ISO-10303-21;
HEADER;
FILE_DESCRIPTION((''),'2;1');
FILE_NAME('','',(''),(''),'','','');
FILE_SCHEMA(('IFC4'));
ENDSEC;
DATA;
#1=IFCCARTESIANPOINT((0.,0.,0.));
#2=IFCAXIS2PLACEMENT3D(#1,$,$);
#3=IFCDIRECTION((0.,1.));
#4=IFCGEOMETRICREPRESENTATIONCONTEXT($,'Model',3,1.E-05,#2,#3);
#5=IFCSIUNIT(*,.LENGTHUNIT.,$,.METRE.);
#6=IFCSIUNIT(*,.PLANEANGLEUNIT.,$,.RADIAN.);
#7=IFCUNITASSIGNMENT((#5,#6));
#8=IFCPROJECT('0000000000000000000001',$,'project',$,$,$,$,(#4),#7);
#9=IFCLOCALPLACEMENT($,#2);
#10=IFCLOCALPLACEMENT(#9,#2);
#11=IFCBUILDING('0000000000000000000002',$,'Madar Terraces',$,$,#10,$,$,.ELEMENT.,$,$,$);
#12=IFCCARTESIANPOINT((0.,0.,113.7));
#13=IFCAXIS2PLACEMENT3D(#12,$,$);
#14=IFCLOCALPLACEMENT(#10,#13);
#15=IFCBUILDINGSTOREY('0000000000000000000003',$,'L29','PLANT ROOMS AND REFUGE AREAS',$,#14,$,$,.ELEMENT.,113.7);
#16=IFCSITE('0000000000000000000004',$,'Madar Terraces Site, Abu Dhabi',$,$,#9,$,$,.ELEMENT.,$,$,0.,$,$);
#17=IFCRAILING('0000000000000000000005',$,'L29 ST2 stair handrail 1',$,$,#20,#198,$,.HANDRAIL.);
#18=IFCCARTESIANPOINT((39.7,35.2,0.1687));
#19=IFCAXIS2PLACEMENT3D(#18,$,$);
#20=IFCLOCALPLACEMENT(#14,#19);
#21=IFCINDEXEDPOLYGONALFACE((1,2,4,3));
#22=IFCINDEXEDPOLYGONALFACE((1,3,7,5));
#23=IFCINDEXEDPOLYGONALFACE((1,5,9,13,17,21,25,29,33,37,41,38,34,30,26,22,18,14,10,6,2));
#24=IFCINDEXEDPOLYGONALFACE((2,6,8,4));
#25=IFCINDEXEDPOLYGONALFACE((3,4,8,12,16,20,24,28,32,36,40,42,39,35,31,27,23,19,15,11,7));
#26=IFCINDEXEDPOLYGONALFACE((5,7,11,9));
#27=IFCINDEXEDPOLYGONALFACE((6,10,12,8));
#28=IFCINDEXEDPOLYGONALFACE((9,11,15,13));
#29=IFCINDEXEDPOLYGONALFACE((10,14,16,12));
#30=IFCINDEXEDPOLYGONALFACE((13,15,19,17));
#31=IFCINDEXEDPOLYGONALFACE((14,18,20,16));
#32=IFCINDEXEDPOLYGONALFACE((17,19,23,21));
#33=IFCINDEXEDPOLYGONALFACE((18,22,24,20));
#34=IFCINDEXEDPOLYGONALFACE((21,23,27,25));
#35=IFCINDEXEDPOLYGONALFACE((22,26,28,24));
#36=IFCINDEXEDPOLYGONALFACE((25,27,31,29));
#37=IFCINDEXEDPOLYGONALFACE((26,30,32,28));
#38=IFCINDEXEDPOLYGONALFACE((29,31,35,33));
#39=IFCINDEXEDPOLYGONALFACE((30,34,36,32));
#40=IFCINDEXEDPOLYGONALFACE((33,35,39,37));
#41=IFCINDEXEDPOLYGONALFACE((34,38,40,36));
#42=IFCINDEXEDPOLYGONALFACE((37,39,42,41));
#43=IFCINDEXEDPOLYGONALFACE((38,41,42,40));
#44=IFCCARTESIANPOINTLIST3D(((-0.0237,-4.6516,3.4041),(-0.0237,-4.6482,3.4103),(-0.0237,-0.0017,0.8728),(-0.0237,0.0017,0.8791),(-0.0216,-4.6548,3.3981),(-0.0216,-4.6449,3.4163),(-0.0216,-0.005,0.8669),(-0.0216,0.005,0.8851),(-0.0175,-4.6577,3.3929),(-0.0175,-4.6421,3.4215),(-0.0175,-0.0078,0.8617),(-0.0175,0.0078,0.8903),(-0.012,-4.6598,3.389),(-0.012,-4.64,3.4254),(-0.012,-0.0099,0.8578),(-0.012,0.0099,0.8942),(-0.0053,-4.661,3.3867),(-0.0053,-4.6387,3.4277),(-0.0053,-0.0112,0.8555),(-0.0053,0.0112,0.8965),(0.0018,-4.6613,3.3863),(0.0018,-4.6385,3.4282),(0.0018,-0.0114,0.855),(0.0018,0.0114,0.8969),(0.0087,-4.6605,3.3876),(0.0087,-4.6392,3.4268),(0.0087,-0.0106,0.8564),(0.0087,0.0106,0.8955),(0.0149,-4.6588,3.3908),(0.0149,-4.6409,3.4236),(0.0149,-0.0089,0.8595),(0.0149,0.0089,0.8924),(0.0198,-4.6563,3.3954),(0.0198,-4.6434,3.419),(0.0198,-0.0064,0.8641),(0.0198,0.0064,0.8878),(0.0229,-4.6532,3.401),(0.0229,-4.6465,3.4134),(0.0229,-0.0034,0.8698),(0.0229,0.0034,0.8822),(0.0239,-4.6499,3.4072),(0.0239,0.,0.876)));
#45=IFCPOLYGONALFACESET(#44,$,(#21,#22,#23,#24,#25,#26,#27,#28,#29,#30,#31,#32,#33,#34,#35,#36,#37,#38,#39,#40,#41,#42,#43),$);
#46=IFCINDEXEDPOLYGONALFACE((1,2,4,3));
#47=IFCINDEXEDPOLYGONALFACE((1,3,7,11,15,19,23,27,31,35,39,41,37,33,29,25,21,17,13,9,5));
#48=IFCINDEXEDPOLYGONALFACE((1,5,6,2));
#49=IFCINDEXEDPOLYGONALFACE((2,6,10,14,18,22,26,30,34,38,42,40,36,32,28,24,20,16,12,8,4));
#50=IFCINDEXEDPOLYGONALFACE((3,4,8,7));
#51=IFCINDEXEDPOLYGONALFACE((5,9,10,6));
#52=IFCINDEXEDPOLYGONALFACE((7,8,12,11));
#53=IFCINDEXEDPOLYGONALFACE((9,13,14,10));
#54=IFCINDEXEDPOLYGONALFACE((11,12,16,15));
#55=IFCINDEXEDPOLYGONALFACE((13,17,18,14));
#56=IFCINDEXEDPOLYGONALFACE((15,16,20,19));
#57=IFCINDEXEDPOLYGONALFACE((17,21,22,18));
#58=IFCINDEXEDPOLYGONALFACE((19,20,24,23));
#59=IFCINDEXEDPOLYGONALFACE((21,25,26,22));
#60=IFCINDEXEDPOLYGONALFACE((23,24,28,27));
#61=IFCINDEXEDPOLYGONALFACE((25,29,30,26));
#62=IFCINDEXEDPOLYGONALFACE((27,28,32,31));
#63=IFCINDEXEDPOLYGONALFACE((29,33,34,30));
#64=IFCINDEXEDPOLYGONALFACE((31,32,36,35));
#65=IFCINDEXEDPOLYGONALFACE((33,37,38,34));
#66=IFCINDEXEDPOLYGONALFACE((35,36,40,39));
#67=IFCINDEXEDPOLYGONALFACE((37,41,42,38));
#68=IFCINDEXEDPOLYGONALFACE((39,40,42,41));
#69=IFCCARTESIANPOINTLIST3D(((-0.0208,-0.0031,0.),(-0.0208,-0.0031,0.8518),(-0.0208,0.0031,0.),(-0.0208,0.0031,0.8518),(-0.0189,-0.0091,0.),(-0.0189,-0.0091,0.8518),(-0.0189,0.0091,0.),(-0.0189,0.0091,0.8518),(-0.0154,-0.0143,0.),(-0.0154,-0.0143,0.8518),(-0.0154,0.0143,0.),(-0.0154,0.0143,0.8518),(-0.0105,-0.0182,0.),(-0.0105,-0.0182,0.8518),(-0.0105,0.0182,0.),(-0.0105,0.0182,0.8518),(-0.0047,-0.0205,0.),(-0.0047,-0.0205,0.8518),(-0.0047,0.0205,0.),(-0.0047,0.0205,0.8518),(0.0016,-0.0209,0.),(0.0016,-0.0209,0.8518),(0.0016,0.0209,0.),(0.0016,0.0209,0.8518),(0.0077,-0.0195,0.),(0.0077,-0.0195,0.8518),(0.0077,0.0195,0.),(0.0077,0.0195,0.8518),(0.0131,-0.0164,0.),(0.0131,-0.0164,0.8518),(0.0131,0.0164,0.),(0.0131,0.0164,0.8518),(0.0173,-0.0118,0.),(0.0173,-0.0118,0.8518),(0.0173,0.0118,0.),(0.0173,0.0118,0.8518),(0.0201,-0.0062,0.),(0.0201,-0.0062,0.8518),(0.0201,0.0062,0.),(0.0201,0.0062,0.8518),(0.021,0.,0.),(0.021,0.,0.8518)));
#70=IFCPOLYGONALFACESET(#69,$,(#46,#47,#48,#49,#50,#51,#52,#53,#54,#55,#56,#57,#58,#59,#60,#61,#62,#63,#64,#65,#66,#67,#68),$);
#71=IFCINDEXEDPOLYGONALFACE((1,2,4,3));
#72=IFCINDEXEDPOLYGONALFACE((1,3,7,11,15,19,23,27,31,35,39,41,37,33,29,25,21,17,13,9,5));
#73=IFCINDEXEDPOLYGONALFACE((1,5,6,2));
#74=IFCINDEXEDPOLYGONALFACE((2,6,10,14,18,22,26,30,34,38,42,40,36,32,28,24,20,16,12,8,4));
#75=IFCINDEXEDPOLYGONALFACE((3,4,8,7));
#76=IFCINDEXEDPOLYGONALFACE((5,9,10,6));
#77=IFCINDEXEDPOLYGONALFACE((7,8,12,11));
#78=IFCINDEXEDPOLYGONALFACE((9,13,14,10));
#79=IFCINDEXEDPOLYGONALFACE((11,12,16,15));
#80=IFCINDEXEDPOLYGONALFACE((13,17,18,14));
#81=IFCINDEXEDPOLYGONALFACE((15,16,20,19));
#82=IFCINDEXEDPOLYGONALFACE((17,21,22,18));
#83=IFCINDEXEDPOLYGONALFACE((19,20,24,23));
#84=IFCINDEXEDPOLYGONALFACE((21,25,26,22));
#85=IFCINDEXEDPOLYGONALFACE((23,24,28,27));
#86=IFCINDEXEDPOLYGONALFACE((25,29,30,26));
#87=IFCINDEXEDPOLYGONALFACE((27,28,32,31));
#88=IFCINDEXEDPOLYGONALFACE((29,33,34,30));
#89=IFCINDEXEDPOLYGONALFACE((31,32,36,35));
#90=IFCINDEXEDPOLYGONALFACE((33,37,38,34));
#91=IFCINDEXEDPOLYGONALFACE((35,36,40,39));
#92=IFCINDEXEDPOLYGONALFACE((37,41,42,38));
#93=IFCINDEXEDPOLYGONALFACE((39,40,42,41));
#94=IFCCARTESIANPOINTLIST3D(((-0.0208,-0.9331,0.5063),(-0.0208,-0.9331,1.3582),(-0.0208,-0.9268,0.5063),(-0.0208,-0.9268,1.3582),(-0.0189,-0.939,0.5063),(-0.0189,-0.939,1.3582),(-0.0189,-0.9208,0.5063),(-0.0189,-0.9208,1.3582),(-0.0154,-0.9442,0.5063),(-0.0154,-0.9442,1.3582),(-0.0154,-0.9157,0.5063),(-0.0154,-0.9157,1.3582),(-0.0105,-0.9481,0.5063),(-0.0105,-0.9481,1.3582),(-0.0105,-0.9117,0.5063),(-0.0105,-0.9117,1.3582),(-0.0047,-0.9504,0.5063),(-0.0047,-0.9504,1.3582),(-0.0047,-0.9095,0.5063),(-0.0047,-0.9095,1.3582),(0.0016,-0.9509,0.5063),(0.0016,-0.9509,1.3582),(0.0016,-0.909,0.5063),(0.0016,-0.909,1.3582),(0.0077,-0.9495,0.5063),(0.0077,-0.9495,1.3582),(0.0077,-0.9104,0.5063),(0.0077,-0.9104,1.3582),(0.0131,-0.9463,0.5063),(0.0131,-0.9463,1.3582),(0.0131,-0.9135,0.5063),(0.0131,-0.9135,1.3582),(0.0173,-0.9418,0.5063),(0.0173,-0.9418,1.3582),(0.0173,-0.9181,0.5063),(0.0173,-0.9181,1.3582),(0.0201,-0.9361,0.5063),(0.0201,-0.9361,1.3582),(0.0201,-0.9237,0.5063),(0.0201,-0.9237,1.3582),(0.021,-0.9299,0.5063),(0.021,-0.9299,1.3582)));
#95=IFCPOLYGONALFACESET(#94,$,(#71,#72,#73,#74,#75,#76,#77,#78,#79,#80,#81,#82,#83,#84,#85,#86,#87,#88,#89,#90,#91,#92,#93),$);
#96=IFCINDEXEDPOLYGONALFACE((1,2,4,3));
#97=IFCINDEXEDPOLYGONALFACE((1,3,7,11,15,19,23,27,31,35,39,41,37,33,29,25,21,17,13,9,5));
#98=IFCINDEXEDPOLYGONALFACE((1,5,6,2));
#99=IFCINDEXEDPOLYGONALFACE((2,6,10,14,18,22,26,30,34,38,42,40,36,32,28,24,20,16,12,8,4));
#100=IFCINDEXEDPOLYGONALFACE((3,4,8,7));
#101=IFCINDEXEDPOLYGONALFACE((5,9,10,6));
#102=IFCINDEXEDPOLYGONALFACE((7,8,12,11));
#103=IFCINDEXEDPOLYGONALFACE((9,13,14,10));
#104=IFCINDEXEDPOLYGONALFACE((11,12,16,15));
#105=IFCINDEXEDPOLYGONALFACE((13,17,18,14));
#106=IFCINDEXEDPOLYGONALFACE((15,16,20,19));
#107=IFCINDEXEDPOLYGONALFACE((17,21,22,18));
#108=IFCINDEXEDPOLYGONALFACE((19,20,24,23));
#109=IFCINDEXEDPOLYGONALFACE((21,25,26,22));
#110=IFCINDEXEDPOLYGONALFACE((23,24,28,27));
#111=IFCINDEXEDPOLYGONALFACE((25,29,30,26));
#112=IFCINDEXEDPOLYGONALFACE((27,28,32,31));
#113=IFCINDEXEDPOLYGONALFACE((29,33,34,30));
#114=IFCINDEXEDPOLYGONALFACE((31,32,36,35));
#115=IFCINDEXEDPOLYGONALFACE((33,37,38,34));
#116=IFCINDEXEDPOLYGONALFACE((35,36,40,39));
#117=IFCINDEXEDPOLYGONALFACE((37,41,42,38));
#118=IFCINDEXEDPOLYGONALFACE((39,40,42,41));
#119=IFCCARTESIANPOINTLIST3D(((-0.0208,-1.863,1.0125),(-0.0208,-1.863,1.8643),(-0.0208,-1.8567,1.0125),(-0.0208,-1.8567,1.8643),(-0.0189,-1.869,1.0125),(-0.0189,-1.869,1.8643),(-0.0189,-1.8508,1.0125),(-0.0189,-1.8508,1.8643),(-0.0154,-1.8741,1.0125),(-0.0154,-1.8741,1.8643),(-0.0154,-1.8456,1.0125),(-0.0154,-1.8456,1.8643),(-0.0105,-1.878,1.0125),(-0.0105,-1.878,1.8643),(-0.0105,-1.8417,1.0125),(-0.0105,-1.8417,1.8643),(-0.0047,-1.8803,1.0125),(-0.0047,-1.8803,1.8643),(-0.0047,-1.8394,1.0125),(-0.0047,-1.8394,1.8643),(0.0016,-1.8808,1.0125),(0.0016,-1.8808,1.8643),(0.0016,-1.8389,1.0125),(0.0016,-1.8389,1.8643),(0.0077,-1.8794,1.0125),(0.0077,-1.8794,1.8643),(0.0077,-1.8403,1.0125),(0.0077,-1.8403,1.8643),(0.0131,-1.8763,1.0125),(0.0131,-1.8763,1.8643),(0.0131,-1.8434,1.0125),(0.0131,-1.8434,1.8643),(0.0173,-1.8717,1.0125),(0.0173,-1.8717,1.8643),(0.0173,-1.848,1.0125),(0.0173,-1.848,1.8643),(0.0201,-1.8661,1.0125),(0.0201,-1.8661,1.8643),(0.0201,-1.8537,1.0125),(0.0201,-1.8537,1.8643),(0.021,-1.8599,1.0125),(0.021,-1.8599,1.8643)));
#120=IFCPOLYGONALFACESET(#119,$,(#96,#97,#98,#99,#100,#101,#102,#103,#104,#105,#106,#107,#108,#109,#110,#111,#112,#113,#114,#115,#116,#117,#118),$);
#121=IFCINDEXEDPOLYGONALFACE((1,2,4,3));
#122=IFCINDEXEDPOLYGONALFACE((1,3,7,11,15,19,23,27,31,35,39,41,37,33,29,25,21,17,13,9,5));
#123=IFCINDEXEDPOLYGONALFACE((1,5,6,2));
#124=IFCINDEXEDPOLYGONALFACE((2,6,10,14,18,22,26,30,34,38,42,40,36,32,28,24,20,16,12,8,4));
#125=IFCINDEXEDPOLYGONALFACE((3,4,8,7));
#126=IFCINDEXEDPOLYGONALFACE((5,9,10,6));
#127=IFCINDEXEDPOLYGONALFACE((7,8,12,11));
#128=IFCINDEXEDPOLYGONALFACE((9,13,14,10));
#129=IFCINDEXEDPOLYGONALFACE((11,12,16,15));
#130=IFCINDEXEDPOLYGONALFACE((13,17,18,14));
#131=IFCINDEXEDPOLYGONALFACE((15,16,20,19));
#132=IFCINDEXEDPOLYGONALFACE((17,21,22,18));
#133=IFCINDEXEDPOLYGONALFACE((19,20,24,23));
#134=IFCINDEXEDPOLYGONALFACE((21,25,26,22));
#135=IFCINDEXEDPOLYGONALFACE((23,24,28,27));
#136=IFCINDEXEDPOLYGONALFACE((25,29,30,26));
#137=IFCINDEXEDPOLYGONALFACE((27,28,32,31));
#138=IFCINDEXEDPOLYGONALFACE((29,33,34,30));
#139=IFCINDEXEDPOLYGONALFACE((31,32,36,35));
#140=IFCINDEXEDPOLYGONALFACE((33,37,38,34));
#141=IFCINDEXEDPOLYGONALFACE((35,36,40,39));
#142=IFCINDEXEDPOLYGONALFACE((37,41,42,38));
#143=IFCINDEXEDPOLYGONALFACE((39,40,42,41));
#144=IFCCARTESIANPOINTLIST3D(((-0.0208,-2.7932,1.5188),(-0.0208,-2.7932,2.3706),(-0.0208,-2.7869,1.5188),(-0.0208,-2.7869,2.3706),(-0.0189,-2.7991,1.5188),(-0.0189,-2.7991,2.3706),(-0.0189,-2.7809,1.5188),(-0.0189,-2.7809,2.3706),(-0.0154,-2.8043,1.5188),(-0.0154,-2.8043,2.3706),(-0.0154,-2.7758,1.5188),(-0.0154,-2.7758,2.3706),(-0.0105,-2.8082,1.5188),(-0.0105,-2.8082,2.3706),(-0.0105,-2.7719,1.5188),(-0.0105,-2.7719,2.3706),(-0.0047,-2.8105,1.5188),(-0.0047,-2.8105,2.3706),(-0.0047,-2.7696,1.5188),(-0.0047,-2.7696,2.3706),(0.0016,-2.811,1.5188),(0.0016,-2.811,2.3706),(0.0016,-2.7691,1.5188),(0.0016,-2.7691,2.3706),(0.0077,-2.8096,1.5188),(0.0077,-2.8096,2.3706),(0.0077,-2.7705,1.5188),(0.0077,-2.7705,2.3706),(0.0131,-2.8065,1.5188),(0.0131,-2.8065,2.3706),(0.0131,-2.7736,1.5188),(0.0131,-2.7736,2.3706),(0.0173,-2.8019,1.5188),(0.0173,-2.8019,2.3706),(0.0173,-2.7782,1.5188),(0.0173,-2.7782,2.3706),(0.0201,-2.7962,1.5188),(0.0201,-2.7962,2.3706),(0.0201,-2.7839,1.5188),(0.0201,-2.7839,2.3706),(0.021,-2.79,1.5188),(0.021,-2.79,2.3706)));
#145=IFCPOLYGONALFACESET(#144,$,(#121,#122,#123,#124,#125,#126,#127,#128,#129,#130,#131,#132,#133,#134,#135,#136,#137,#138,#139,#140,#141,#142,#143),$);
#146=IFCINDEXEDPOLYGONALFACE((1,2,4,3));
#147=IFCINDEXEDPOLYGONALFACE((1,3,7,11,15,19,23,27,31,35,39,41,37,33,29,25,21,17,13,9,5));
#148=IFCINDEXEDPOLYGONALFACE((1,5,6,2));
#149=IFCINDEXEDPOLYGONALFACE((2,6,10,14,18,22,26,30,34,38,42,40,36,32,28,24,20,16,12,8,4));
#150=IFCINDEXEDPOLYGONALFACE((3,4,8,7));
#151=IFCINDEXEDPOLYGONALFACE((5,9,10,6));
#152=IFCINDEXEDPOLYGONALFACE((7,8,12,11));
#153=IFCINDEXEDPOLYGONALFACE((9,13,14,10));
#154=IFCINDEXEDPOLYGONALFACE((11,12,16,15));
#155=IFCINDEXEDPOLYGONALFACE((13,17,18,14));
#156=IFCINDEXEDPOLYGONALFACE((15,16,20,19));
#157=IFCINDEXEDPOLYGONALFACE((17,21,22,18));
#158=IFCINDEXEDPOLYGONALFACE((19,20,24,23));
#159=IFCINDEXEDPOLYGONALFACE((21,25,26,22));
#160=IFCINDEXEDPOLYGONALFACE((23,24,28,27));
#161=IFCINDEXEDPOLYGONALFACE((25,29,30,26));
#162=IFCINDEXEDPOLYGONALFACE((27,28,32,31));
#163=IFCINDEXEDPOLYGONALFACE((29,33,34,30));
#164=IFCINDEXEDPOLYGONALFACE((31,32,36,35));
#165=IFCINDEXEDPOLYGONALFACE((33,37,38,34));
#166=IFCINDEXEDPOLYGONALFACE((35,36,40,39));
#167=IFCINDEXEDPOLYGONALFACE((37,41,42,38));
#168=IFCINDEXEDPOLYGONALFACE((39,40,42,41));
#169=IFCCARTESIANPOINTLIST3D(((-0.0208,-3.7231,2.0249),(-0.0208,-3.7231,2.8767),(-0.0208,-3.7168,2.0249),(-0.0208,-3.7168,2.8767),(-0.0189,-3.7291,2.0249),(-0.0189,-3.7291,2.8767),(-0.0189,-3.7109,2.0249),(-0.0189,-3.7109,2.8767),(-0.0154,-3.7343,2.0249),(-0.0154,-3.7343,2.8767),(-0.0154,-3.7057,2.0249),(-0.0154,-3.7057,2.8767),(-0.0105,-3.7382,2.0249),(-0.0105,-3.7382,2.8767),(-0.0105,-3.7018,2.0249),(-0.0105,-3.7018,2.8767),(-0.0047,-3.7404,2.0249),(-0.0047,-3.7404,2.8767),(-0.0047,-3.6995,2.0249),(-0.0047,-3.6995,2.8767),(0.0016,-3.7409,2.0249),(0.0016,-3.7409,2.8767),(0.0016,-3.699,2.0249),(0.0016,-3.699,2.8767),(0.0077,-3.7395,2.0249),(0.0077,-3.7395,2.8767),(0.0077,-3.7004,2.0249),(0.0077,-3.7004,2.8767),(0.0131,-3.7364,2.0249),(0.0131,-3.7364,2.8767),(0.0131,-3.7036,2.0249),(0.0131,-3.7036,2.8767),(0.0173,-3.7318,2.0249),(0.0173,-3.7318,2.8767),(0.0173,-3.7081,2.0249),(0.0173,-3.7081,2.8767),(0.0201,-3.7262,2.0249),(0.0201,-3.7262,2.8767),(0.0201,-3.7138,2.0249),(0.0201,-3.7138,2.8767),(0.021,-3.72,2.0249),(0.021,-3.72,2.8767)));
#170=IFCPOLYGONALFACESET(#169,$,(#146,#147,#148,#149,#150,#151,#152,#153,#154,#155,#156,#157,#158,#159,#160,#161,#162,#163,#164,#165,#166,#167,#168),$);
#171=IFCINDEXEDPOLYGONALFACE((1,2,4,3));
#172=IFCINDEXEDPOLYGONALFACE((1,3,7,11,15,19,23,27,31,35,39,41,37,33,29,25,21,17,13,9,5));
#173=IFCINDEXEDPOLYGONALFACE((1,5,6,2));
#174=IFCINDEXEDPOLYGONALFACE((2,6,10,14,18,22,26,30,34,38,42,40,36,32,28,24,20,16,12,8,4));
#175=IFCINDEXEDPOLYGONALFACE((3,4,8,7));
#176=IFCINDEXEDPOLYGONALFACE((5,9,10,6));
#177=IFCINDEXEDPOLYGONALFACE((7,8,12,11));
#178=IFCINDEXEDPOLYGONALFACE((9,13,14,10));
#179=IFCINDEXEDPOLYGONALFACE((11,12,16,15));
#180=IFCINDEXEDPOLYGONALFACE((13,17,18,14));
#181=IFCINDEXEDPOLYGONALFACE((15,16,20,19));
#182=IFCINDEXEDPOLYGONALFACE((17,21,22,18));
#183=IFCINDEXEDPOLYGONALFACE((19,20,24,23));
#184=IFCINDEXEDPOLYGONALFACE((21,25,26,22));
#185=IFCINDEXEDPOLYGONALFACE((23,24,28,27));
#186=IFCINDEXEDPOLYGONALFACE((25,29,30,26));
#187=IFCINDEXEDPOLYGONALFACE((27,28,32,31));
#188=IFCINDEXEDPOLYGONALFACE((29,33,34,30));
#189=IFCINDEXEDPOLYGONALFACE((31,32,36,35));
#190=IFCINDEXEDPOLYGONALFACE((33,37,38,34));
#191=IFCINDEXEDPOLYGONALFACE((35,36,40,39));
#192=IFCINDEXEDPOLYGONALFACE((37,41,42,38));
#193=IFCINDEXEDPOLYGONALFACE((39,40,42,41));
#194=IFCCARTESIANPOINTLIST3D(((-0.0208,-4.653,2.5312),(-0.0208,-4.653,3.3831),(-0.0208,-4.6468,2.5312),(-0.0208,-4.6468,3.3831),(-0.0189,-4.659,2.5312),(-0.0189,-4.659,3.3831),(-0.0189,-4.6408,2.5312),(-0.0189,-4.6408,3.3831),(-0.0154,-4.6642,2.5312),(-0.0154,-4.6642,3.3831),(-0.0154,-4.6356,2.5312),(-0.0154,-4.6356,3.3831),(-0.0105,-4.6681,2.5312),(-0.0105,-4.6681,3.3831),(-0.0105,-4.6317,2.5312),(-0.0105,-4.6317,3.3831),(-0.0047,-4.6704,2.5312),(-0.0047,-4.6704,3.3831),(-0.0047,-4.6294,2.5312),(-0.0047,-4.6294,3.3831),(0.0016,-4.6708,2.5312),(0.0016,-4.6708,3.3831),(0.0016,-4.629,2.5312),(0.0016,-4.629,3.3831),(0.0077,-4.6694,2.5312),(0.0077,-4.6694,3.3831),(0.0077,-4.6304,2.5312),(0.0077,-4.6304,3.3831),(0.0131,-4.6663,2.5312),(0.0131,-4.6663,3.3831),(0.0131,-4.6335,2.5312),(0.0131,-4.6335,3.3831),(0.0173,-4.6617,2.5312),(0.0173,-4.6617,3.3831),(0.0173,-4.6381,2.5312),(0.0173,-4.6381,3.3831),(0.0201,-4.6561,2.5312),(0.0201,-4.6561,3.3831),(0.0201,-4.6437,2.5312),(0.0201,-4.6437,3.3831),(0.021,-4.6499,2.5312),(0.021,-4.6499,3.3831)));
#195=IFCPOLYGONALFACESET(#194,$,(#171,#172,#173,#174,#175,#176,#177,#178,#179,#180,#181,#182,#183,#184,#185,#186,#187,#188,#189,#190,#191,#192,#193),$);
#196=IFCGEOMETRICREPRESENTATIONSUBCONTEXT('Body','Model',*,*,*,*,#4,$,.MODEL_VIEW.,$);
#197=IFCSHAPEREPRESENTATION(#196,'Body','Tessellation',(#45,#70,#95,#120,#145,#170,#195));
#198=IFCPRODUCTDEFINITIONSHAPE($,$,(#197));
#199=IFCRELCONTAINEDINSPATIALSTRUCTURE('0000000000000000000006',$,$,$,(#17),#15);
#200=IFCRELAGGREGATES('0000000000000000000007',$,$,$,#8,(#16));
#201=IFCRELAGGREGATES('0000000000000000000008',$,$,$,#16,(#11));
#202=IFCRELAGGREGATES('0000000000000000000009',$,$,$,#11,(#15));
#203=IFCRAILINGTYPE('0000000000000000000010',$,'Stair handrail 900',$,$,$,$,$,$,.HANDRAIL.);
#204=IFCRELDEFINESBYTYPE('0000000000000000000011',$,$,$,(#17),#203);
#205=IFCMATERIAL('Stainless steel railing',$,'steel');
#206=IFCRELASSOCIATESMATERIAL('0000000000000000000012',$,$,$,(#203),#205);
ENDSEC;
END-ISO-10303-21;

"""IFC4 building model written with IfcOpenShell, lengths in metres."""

from ifc_helpers import new_model, si_unit, direction, frame, origin, origin_2d, place, context, subcontext, project, spatial, circle, extrude, material, type_object, element, save


model = new_model("IFC4")

# Units and contexts
model_context = context("Model", 3, precision=1e-05, world=origin(), true_north=direction((0.0, 1.0)))
body_context = subcontext(model_context, "Body", "Model", "MODEL_VIEW")
ifc_project = project(units=[si_unit("LENGTHUNIT", "METRE"), si_unit("PLANEANGLEUNIT", "RADIAN")], contexts=[model_context])

# Site, building, storey
site_placement = place(None, origin())
site = spatial("IfcSite", under=ifc_project, at=site_placement, Name="Madar Terraces Site, Abu Dhabi", CompositionType="ELEMENT", RefElevation=0.0)
building_placement = place(site_placement, origin())
building = spatial("IfcBuilding", under=site, at=building_placement, Name="Madar Terraces", CompositionType="ELEMENT")
storey_placement = place(building_placement, frame((0.0, 0.0, 113.7)))
storey = spatial("IfcBuildingStorey", under=building, at=storey_placement, Name="L29", Description="PLANT ROOMS AND REFUGE AREAS", CompositionType="ELEMENT", Elevation=113.7)

# Railing
ifc_material_1 = material(Name="Stainless steel railing", Category="steel")
railing_type_1 = type_object("IfcRailingType", Name="Stair handrail 900", PredefinedType="HANDRAIL", material=ifc_material_1)
railing_1_placement = place(storey_placement, frame((39.7, 35.2, 0.1687)))
element("IfcRailing", 1, at=railing_1_placement, inside=storey, type_object=railing_type_1, Name="L29 ST2 stair handrail 1", PredefinedType="HANDRAIL", context=body_context, shape_type="SweptSolid", body=[
    extrude(circle(Radius=0.0239, at=origin_2d()), frame((0.0, 0.0, 0.876), z_axis=(0.0, -0.878297, 0.478115), x_axis=(1.0, 0.0, 0.0)), (0.0, 0.0, 1.0), 5.2942),
    extrude(circle(Radius=0.021, at=origin_2d()), origin(), (0.0, 0.0, 1.0), 0.8518),
    extrude(circle(Radius=0.021, at=origin_2d()), frame((0.0, -0.9299, 0.5063)), (0.0, 0.0, 1.0), 0.8518),
    extrude(circle(Radius=0.021, at=origin_2d()), frame((0.0, -1.8599, 1.0125)), (0.0, 0.0, 1.0), 0.8518),
    extrude(circle(Radius=0.021, at=origin_2d()), frame((0.0, -2.79, 1.5188)), (0.0, 0.0, 1.0), 0.8518),
    extrude(circle(Radius=0.021, at=origin_2d()), frame((0.0, -3.72, 2.0249)), (0.0, 0.0, 1.0), 0.8518),
    extrude(circle(Radius=0.021, at=origin_2d()), frame((0.0, -4.6499, 2.5312)), (0.0, 0.0, 1.0), 0.8518),
])

save(model, "model.ifc")
